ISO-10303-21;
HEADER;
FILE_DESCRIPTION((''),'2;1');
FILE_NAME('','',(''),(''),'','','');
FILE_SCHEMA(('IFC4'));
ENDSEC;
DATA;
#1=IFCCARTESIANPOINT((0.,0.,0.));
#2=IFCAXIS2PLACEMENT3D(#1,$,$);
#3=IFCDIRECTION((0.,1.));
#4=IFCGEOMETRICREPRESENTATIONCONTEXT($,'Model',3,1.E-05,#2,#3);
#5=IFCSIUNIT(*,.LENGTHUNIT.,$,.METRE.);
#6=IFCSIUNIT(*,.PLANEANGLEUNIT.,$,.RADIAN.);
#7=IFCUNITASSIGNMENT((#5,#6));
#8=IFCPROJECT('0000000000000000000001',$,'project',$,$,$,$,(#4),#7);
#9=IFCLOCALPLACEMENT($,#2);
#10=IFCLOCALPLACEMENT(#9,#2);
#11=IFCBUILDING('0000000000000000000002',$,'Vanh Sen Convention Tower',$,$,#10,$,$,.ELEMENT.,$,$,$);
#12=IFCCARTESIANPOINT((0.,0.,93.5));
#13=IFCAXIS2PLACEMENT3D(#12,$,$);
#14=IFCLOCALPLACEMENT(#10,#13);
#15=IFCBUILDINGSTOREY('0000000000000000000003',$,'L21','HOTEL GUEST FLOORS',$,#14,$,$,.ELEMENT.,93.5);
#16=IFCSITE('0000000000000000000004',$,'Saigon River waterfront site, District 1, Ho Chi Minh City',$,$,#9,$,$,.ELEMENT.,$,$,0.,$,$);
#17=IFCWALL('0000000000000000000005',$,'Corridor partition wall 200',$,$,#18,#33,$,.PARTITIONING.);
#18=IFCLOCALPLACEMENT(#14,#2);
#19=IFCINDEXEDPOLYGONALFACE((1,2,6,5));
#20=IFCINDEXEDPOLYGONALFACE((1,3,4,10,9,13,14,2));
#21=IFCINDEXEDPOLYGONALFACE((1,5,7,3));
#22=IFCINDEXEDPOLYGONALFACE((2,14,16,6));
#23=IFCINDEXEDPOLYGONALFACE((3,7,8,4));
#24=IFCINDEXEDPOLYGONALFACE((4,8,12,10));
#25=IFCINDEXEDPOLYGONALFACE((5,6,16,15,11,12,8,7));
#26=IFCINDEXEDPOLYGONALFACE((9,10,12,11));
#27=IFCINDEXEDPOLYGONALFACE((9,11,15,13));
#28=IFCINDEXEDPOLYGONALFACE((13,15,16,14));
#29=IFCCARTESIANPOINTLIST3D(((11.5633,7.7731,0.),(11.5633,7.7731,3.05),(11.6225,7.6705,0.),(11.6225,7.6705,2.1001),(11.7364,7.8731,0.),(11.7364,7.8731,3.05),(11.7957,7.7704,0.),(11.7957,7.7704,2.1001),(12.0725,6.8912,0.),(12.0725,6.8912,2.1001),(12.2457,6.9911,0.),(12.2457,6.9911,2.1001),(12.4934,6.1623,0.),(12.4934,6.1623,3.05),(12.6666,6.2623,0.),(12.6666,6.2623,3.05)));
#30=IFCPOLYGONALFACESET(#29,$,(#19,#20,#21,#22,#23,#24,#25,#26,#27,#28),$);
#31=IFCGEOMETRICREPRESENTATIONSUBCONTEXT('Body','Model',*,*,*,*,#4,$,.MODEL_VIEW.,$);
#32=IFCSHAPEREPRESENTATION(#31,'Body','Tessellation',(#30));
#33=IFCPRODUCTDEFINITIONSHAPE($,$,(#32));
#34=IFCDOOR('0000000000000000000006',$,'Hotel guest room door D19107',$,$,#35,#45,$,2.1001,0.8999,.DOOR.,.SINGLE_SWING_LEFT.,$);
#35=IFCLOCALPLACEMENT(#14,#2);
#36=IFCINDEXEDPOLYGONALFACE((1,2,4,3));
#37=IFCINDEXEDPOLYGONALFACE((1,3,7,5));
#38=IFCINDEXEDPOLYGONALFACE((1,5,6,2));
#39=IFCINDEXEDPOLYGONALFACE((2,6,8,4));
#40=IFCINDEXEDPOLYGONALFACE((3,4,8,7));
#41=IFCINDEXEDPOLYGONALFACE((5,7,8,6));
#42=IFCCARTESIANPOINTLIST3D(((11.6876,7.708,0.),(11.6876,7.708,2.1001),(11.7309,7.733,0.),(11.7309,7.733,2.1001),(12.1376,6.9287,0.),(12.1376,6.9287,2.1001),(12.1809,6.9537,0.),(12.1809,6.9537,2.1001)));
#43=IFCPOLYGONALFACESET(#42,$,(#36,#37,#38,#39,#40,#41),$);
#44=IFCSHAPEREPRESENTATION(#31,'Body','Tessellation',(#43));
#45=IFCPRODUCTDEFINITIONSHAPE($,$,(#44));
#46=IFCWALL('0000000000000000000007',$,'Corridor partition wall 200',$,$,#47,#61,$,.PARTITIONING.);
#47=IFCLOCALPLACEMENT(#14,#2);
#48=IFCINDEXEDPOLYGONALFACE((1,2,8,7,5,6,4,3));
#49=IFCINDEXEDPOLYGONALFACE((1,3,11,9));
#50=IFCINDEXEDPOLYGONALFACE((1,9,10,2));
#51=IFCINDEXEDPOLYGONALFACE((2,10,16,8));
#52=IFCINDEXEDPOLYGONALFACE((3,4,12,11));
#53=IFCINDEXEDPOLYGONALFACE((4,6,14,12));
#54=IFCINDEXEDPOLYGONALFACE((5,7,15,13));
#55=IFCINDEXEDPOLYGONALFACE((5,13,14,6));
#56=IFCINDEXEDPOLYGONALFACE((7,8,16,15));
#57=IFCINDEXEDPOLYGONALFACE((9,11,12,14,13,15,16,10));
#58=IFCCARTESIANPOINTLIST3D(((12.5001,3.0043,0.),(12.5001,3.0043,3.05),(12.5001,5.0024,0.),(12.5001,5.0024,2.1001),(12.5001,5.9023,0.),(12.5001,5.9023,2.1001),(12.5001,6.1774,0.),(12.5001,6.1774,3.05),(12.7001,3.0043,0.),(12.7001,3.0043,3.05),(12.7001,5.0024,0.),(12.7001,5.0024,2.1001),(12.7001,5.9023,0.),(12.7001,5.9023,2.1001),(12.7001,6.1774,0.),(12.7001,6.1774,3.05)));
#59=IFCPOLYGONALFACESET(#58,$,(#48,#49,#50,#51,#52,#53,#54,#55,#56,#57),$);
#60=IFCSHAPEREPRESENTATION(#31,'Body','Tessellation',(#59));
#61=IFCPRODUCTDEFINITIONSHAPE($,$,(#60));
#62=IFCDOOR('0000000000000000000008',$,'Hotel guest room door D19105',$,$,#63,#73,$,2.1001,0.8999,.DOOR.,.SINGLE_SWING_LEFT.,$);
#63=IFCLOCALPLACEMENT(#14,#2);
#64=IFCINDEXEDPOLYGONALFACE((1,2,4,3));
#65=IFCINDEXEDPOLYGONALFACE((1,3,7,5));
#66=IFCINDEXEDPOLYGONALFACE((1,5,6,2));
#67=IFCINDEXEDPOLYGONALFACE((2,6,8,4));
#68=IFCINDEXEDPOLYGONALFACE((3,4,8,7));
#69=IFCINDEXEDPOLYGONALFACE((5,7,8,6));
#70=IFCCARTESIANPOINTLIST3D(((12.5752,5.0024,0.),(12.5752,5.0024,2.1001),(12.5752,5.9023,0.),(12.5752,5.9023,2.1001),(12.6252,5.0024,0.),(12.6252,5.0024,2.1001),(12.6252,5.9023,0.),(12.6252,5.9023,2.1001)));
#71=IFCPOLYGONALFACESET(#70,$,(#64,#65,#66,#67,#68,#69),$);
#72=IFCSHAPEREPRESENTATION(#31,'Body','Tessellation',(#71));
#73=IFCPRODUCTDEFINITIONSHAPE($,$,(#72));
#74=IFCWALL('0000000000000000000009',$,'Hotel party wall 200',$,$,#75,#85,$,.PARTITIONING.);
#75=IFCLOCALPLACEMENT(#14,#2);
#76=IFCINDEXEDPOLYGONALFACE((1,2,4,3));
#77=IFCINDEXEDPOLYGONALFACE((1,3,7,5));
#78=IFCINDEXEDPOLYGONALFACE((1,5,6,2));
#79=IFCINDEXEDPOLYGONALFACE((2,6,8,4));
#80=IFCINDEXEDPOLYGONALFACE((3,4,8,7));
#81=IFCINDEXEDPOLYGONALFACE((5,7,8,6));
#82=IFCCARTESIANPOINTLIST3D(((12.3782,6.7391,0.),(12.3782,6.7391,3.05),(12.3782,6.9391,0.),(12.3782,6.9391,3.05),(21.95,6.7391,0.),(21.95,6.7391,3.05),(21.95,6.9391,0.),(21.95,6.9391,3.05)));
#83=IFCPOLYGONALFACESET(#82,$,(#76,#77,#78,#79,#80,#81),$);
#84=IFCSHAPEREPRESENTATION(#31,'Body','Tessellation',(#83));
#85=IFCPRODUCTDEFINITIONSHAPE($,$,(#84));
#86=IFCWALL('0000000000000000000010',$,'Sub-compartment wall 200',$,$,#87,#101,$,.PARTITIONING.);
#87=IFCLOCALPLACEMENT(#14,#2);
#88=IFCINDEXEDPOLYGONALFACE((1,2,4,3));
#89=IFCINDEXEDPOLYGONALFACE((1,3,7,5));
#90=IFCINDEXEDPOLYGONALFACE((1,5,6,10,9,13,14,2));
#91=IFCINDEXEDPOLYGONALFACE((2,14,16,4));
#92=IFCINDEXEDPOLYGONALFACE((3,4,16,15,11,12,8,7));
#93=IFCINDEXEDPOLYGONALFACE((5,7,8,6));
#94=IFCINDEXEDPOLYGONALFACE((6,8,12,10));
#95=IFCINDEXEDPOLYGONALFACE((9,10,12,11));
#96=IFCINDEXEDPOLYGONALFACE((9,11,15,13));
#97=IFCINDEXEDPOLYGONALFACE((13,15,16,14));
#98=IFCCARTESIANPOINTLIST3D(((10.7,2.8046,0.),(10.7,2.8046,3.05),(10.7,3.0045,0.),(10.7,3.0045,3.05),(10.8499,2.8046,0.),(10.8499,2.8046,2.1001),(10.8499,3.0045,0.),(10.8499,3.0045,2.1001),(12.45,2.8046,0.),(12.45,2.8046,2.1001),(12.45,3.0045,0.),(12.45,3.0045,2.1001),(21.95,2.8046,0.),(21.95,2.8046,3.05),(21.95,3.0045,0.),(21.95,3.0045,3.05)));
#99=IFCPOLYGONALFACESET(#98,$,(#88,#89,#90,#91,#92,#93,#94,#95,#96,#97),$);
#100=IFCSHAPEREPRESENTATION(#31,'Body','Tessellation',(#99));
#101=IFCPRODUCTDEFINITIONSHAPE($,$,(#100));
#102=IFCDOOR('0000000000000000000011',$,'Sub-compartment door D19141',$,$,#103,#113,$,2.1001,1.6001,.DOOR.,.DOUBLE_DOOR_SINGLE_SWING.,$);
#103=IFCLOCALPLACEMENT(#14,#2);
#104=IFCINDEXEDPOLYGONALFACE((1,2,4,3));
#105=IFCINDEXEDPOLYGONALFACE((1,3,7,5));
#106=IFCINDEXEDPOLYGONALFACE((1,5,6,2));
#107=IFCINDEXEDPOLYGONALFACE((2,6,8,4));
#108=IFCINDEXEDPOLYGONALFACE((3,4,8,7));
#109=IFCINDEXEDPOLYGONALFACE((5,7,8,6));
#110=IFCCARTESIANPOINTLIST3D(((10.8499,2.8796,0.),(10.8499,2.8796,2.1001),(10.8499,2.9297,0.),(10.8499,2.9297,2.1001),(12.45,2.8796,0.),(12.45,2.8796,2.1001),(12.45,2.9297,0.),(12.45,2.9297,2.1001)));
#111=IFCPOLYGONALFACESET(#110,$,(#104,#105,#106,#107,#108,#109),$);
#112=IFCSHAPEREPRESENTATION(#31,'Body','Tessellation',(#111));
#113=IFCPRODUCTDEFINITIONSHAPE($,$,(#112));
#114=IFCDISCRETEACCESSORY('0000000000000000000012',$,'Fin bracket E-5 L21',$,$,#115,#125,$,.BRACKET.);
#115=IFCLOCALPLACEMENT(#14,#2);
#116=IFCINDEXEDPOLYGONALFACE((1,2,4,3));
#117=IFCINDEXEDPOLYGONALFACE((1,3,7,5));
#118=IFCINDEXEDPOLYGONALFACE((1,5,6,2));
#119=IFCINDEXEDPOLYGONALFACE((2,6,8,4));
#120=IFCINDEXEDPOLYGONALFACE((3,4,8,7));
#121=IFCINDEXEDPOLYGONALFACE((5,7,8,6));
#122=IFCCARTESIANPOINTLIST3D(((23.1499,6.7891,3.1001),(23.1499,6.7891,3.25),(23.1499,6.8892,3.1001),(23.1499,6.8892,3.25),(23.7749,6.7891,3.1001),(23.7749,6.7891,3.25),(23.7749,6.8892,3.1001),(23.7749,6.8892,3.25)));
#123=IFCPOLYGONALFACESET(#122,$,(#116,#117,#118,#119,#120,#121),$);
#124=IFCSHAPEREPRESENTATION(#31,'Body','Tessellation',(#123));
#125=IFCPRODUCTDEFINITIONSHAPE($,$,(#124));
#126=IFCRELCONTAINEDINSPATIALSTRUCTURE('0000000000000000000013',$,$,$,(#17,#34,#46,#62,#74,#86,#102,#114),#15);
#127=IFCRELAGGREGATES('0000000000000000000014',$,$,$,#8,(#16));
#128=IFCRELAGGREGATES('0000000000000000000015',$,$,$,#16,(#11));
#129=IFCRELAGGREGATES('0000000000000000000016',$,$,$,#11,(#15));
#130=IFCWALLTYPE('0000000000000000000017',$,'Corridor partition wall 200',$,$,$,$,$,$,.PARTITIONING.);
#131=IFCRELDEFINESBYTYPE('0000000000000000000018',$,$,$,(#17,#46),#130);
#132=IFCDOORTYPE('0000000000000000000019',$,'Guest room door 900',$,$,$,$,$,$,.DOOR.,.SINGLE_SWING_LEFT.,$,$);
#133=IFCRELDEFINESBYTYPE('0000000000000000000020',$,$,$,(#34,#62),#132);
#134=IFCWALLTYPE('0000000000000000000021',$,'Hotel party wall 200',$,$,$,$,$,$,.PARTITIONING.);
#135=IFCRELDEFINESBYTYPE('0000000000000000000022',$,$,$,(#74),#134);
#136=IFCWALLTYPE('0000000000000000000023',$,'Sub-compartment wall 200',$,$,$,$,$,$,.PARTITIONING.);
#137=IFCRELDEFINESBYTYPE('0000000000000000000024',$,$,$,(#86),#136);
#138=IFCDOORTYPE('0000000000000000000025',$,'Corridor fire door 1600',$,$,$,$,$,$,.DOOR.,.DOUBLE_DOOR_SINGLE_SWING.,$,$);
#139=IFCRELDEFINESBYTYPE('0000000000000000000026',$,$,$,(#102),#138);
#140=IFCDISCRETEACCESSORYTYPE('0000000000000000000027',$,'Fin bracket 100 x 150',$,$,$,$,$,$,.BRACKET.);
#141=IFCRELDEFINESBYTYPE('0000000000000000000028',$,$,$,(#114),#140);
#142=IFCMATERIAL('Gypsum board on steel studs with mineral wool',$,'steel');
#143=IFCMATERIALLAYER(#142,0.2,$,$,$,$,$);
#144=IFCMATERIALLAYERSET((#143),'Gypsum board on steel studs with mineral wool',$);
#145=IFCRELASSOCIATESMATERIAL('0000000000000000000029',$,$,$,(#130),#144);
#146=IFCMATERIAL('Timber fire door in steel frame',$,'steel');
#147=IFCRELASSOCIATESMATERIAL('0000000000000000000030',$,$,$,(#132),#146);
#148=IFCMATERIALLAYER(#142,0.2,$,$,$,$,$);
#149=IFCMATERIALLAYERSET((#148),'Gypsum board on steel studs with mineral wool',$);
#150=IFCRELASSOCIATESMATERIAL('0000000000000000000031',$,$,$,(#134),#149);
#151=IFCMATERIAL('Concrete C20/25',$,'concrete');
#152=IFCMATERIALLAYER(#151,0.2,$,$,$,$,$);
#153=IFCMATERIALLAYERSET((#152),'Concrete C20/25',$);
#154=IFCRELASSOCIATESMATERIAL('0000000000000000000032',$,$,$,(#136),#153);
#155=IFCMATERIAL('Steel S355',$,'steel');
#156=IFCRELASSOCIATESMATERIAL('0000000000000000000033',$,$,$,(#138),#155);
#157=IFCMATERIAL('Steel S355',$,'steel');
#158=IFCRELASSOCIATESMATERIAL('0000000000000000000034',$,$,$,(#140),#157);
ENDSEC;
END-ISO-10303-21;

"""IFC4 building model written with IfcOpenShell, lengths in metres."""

from ifc_helpers import new_model, si_unit, direction, frame, frame_2d, origin, origin_2d, place, context, subcontext, project, spatial, rectangle, extrude, material, layer, layer_set, type_object, element, fill, save


model = new_model("IFC4")

# Units and contexts
model_context = context("Model", 3, precision=1e-05, world=origin(), true_north=direction((0.0, 1.0)))
body_context = subcontext(model_context, "Body", "Model", "MODEL_VIEW")
ifc_project = project(units=[si_unit("LENGTHUNIT", "METRE"), si_unit("PLANEANGLEUNIT", "RADIAN")], contexts=[model_context])

# Site, building, storey
site_placement = place(None, origin())
site = spatial("IfcSite", under=ifc_project, at=site_placement, Name="Saigon River waterfront site, District 1, Ho Chi Minh City", CompositionType="ELEMENT", RefElevation=0.0)
building_placement = place(site_placement, origin())
building = spatial("IfcBuilding", under=site, at=building_placement, Name="Vanh Sen Convention Tower", CompositionType="ELEMENT")
storey_placement = place(building_placement, frame((0.0, 0.0, 93.5)))
storey = spatial("IfcBuildingStorey", under=building, at=storey_placement, Name="L21", Description="HOTEL GUEST FLOORS", CompositionType="ELEMENT", Elevation=93.5)

# Walls, openings, doors
ifc_material_1 = material(Name="Gypsum board on steel studs with mineral wool", Category="steel")
ifc_layer_1 = layer(ifc_material_1, 0.2)
ifc_layer_set_1 = layer_set([ifc_layer_1], Name="Gypsum board on steel studs with mineral wool")
wall_type_1 = type_object("IfcWallType", Name="Corridor partition wall 200", PredefinedType="PARTITIONING", material=ifc_layer_set_1)
wall_1_placement = place(storey_placement, frame((12.5801, 6.2122, 0.0), z_axis=(0.0, 0.0, 1.0), x_axis=(-0.500063, 0.865989, 0.0)))
wall_1 = element("IfcWall", 1, at=wall_1_placement, inside=storey, type_object=wall_type_1, Name="Corridor partition wall 200", PredefinedType="PARTITIONING", context=body_context, shape_type="SweptSolid", body=[
    extrude(rectangle(XDim=1.8601, YDim=0.2, at=frame_2d((0.9302, 0.0))), origin(), (0.0, 0.0, 1.0), 3.05),
])
opening_1_placement = place(wall_1_placement, frame((0.8418, 0.0, 0.0)))
opening_1 = element("IfcOpeningElement", 2, at=opening_1_placement, cuts=wall_1, PredefinedType="OPENING", context=body_context, shape_type="SweptSolid", body=[
    extrude(rectangle(XDim=0.8999, YDim=2.1001, at=frame_2d((0.45, 1.05))), frame((0.0, 0.1099, 0.0), z_axis=(0.0, -1.0, 0.0), x_axis=(1.0, 0.0, 0.0)), (0.0, 0.0, 1.0), 0.22),
])
ifc_material_2 = material(Name="Timber fire door in steel frame", Category="steel")
door_type_1 = type_object("IfcDoorType", Name="Guest room door 900", OperationType="SINGLE_SWING_LEFT", PredefinedType="DOOR", material=ifc_material_2)
door_1_placement = place(opening_1_placement, origin())
door_1 = element("IfcDoor", 3, at=door_1_placement, inside=storey, type_object=door_type_1, Name="Hotel guest room door D19107", OperationType="SINGLE_SWING_LEFT", OverallHeight=2.1001, OverallWidth=0.8999, PredefinedType="DOOR", context=body_context, shape_type="SweptSolid", body=[
    extrude(rectangle(XDim=0.8999, YDim=2.1001, at=frame_2d((0.45, 1.05))), frame((0.0, 0.0249, 0.0), z_axis=(0.0, -1.0, 0.0), x_axis=(1.0, 0.0, 0.0)), (0.0, 0.0, 1.0), 0.05),
])
fill(opening_1, door_1)
wall_2_placement = place(storey_placement, frame((12.6001, 3.0044, 0.0), z_axis=(0.0, 0.0, 1.0), x_axis=(0.0, 1.0, 0.0)))
wall_2 = element("IfcWall", 4, at=wall_2_placement, inside=storey, type_object=wall_type_1, Name="Corridor partition wall 200", PredefinedType="PARTITIONING", context=body_context, shape_type="SweptSolid", body=[
    extrude(rectangle(XDim=3.1731, YDim=0.2, at=frame_2d((1.5864, 0.0))), origin(), (0.0, 0.0, 1.0), 3.05),
])
opening_2_placement = place(wall_2_placement, frame((1.998, 0.0, 0.0)))
opening_2 = element("IfcOpeningElement", 5, at=opening_2_placement, cuts=wall_2, PredefinedType="OPENING", context=body_context, shape_type="SweptSolid", body=[
    extrude(rectangle(XDim=0.8999, YDim=2.1001, at=frame_2d((0.45, 1.05))), frame((0.0, 0.1099, 0.0), z_axis=(0.0, -1.0, 0.0), x_axis=(1.0, 0.0, 0.0)), (0.0, 0.0, 1.0), 0.22),
])
door_2_placement = place(opening_2_placement, origin())
door_2 = element("IfcDoor", 6, at=door_2_placement, inside=storey, type_object=door_type_1, Name="Hotel guest room door D19105", OperationType="SINGLE_SWING_LEFT", OverallHeight=2.1001, OverallWidth=0.8999, PredefinedType="DOOR", context=body_context, shape_type="SweptSolid", body=[
    extrude(rectangle(XDim=0.8999, YDim=2.1001, at=frame_2d((0.45, 1.05))), frame((0.0, 0.0249, 0.0), z_axis=(0.0, -1.0, 0.0), x_axis=(1.0, 0.0, 0.0)), (0.0, 0.0, 1.0), 0.05),
])
fill(opening_2, door_2)

# Wall
ifc_layer_2 = layer(ifc_material_1, 0.2)
ifc_layer_set_2 = layer_set([ifc_layer_2], Name="Gypsum board on steel studs with mineral wool")
wall_type_2 = type_object("IfcWallType", Name="Hotel party wall 200", PredefinedType="PARTITIONING", material=ifc_layer_set_2)
wall_3_placement = place(storey_placement, frame((21.95, 6.8391, 0.0), z_axis=(0.0, 0.0, 1.0), x_axis=(-1.0, 0.0, 0.0)))
element("IfcWall", 7, at=wall_3_placement, inside=storey, type_object=wall_type_2, Name="Hotel party wall 200", PredefinedType="PARTITIONING", context=body_context, shape_type="SweptSolid", body=[
    extrude(rectangle(XDim=9.5718, YDim=0.2, at=frame_2d((4.7859, 0.0))), origin(), (0.0, 0.0, 1.0), 3.05),
])

# Wall, opening, door
ifc_material_3 = material(Name="Concrete C20/25", Category="concrete")
ifc_layer_3 = layer(ifc_material_3, 0.2)
ifc_layer_set_3 = layer_set([ifc_layer_3], Name="Concrete C20/25")
wall_type_3 = type_object("IfcWallType", Name="Sub-compartment wall 200", PredefinedType="PARTITIONING", material=ifc_layer_set_3)
wall_4_placement = place(storey_placement, frame((21.95, 2.9045, 0.0), z_axis=(0.0, 0.0, 1.0), x_axis=(-1.0, 0.0, 0.0)))
wall_4 = element("IfcWall", 8, at=wall_4_placement, inside=storey, type_object=wall_type_3, Name="Sub-compartment wall 200", PredefinedType="PARTITIONING", context=body_context, shape_type="SweptSolid", body=[
    extrude(rectangle(XDim=11.25, YDim=0.2, at=frame_2d((5.625, 0.0))), origin(), (0.0, 0.0, 1.0), 3.05),
])
opening_3_placement = place(wall_4_placement, frame((9.5, 0.0, 0.0)))
opening_3 = element("IfcOpeningElement", 9, at=opening_3_placement, cuts=wall_4, PredefinedType="OPENING", context=body_context, shape_type="SweptSolid", body=[
    extrude(rectangle(XDim=1.6001, YDim=2.1001, at=frame_2d((0.8, 1.05))), frame((0.0, 0.1099, 0.0), z_axis=(0.0, -1.0, 0.0), x_axis=(1.0, 0.0, 0.0)), (0.0, 0.0, 1.0), 0.22),
])
ifc_material_4 = material(Name="Steel S355", Category="steel")
door_type_2 = type_object("IfcDoorType", Name="Corridor fire door 1600", OperationType="DOUBLE_DOOR_SINGLE_SWING", PredefinedType="DOOR", material=ifc_material_4)
door_3_placement = place(opening_3_placement, origin())
door_3 = element("IfcDoor", 10, at=door_3_placement, inside=storey, type_object=door_type_2, Name="Sub-compartment door D19141", OperationType="DOUBLE_DOOR_SINGLE_SWING", OverallHeight=2.1001, OverallWidth=1.6001, PredefinedType="DOOR", context=body_context, shape_type="SweptSolid", body=[
    extrude(rectangle(XDim=1.6001, YDim=2.1001, at=frame_2d((0.8, 1.05))), frame((0.0, 0.0249, 0.0), z_axis=(0.0, -1.0, 0.0), x_axis=(1.0, 0.0, 0.0)), (0.0, 0.0, 1.0), 0.05),
])
fill(opening_3, door_3)

# Discrete accessory
ifc_material_5 = material(Name="Steel S355", Category="steel")
discrete_accessory_type = type_object("IfcDiscreteAccessoryType", Name="Fin bracket 100 x 150", PredefinedType="BRACKET", material=ifc_material_5)
discrete_accessory_placement = place(storey_placement, frame((23.4624, 6.8391, 3.1001), z_axis=(0.0, 0.0, 1.0), x_axis=(1.0, 0.0, 0.0)))
element("IfcDiscreteAccessory", 11, at=discrete_accessory_placement, inside=storey, type_object=discrete_accessory_type, Name="Fin bracket E-5 L21", PredefinedType="BRACKET", context=body_context, shape_type="SweptSolid", body=[
    extrude(rectangle(XDim=0.625, YDim=0.1001, at=origin_2d()), origin(), (0.0, 0.0, 1.0), 0.1499),
])

save(model, "model.ifc")
